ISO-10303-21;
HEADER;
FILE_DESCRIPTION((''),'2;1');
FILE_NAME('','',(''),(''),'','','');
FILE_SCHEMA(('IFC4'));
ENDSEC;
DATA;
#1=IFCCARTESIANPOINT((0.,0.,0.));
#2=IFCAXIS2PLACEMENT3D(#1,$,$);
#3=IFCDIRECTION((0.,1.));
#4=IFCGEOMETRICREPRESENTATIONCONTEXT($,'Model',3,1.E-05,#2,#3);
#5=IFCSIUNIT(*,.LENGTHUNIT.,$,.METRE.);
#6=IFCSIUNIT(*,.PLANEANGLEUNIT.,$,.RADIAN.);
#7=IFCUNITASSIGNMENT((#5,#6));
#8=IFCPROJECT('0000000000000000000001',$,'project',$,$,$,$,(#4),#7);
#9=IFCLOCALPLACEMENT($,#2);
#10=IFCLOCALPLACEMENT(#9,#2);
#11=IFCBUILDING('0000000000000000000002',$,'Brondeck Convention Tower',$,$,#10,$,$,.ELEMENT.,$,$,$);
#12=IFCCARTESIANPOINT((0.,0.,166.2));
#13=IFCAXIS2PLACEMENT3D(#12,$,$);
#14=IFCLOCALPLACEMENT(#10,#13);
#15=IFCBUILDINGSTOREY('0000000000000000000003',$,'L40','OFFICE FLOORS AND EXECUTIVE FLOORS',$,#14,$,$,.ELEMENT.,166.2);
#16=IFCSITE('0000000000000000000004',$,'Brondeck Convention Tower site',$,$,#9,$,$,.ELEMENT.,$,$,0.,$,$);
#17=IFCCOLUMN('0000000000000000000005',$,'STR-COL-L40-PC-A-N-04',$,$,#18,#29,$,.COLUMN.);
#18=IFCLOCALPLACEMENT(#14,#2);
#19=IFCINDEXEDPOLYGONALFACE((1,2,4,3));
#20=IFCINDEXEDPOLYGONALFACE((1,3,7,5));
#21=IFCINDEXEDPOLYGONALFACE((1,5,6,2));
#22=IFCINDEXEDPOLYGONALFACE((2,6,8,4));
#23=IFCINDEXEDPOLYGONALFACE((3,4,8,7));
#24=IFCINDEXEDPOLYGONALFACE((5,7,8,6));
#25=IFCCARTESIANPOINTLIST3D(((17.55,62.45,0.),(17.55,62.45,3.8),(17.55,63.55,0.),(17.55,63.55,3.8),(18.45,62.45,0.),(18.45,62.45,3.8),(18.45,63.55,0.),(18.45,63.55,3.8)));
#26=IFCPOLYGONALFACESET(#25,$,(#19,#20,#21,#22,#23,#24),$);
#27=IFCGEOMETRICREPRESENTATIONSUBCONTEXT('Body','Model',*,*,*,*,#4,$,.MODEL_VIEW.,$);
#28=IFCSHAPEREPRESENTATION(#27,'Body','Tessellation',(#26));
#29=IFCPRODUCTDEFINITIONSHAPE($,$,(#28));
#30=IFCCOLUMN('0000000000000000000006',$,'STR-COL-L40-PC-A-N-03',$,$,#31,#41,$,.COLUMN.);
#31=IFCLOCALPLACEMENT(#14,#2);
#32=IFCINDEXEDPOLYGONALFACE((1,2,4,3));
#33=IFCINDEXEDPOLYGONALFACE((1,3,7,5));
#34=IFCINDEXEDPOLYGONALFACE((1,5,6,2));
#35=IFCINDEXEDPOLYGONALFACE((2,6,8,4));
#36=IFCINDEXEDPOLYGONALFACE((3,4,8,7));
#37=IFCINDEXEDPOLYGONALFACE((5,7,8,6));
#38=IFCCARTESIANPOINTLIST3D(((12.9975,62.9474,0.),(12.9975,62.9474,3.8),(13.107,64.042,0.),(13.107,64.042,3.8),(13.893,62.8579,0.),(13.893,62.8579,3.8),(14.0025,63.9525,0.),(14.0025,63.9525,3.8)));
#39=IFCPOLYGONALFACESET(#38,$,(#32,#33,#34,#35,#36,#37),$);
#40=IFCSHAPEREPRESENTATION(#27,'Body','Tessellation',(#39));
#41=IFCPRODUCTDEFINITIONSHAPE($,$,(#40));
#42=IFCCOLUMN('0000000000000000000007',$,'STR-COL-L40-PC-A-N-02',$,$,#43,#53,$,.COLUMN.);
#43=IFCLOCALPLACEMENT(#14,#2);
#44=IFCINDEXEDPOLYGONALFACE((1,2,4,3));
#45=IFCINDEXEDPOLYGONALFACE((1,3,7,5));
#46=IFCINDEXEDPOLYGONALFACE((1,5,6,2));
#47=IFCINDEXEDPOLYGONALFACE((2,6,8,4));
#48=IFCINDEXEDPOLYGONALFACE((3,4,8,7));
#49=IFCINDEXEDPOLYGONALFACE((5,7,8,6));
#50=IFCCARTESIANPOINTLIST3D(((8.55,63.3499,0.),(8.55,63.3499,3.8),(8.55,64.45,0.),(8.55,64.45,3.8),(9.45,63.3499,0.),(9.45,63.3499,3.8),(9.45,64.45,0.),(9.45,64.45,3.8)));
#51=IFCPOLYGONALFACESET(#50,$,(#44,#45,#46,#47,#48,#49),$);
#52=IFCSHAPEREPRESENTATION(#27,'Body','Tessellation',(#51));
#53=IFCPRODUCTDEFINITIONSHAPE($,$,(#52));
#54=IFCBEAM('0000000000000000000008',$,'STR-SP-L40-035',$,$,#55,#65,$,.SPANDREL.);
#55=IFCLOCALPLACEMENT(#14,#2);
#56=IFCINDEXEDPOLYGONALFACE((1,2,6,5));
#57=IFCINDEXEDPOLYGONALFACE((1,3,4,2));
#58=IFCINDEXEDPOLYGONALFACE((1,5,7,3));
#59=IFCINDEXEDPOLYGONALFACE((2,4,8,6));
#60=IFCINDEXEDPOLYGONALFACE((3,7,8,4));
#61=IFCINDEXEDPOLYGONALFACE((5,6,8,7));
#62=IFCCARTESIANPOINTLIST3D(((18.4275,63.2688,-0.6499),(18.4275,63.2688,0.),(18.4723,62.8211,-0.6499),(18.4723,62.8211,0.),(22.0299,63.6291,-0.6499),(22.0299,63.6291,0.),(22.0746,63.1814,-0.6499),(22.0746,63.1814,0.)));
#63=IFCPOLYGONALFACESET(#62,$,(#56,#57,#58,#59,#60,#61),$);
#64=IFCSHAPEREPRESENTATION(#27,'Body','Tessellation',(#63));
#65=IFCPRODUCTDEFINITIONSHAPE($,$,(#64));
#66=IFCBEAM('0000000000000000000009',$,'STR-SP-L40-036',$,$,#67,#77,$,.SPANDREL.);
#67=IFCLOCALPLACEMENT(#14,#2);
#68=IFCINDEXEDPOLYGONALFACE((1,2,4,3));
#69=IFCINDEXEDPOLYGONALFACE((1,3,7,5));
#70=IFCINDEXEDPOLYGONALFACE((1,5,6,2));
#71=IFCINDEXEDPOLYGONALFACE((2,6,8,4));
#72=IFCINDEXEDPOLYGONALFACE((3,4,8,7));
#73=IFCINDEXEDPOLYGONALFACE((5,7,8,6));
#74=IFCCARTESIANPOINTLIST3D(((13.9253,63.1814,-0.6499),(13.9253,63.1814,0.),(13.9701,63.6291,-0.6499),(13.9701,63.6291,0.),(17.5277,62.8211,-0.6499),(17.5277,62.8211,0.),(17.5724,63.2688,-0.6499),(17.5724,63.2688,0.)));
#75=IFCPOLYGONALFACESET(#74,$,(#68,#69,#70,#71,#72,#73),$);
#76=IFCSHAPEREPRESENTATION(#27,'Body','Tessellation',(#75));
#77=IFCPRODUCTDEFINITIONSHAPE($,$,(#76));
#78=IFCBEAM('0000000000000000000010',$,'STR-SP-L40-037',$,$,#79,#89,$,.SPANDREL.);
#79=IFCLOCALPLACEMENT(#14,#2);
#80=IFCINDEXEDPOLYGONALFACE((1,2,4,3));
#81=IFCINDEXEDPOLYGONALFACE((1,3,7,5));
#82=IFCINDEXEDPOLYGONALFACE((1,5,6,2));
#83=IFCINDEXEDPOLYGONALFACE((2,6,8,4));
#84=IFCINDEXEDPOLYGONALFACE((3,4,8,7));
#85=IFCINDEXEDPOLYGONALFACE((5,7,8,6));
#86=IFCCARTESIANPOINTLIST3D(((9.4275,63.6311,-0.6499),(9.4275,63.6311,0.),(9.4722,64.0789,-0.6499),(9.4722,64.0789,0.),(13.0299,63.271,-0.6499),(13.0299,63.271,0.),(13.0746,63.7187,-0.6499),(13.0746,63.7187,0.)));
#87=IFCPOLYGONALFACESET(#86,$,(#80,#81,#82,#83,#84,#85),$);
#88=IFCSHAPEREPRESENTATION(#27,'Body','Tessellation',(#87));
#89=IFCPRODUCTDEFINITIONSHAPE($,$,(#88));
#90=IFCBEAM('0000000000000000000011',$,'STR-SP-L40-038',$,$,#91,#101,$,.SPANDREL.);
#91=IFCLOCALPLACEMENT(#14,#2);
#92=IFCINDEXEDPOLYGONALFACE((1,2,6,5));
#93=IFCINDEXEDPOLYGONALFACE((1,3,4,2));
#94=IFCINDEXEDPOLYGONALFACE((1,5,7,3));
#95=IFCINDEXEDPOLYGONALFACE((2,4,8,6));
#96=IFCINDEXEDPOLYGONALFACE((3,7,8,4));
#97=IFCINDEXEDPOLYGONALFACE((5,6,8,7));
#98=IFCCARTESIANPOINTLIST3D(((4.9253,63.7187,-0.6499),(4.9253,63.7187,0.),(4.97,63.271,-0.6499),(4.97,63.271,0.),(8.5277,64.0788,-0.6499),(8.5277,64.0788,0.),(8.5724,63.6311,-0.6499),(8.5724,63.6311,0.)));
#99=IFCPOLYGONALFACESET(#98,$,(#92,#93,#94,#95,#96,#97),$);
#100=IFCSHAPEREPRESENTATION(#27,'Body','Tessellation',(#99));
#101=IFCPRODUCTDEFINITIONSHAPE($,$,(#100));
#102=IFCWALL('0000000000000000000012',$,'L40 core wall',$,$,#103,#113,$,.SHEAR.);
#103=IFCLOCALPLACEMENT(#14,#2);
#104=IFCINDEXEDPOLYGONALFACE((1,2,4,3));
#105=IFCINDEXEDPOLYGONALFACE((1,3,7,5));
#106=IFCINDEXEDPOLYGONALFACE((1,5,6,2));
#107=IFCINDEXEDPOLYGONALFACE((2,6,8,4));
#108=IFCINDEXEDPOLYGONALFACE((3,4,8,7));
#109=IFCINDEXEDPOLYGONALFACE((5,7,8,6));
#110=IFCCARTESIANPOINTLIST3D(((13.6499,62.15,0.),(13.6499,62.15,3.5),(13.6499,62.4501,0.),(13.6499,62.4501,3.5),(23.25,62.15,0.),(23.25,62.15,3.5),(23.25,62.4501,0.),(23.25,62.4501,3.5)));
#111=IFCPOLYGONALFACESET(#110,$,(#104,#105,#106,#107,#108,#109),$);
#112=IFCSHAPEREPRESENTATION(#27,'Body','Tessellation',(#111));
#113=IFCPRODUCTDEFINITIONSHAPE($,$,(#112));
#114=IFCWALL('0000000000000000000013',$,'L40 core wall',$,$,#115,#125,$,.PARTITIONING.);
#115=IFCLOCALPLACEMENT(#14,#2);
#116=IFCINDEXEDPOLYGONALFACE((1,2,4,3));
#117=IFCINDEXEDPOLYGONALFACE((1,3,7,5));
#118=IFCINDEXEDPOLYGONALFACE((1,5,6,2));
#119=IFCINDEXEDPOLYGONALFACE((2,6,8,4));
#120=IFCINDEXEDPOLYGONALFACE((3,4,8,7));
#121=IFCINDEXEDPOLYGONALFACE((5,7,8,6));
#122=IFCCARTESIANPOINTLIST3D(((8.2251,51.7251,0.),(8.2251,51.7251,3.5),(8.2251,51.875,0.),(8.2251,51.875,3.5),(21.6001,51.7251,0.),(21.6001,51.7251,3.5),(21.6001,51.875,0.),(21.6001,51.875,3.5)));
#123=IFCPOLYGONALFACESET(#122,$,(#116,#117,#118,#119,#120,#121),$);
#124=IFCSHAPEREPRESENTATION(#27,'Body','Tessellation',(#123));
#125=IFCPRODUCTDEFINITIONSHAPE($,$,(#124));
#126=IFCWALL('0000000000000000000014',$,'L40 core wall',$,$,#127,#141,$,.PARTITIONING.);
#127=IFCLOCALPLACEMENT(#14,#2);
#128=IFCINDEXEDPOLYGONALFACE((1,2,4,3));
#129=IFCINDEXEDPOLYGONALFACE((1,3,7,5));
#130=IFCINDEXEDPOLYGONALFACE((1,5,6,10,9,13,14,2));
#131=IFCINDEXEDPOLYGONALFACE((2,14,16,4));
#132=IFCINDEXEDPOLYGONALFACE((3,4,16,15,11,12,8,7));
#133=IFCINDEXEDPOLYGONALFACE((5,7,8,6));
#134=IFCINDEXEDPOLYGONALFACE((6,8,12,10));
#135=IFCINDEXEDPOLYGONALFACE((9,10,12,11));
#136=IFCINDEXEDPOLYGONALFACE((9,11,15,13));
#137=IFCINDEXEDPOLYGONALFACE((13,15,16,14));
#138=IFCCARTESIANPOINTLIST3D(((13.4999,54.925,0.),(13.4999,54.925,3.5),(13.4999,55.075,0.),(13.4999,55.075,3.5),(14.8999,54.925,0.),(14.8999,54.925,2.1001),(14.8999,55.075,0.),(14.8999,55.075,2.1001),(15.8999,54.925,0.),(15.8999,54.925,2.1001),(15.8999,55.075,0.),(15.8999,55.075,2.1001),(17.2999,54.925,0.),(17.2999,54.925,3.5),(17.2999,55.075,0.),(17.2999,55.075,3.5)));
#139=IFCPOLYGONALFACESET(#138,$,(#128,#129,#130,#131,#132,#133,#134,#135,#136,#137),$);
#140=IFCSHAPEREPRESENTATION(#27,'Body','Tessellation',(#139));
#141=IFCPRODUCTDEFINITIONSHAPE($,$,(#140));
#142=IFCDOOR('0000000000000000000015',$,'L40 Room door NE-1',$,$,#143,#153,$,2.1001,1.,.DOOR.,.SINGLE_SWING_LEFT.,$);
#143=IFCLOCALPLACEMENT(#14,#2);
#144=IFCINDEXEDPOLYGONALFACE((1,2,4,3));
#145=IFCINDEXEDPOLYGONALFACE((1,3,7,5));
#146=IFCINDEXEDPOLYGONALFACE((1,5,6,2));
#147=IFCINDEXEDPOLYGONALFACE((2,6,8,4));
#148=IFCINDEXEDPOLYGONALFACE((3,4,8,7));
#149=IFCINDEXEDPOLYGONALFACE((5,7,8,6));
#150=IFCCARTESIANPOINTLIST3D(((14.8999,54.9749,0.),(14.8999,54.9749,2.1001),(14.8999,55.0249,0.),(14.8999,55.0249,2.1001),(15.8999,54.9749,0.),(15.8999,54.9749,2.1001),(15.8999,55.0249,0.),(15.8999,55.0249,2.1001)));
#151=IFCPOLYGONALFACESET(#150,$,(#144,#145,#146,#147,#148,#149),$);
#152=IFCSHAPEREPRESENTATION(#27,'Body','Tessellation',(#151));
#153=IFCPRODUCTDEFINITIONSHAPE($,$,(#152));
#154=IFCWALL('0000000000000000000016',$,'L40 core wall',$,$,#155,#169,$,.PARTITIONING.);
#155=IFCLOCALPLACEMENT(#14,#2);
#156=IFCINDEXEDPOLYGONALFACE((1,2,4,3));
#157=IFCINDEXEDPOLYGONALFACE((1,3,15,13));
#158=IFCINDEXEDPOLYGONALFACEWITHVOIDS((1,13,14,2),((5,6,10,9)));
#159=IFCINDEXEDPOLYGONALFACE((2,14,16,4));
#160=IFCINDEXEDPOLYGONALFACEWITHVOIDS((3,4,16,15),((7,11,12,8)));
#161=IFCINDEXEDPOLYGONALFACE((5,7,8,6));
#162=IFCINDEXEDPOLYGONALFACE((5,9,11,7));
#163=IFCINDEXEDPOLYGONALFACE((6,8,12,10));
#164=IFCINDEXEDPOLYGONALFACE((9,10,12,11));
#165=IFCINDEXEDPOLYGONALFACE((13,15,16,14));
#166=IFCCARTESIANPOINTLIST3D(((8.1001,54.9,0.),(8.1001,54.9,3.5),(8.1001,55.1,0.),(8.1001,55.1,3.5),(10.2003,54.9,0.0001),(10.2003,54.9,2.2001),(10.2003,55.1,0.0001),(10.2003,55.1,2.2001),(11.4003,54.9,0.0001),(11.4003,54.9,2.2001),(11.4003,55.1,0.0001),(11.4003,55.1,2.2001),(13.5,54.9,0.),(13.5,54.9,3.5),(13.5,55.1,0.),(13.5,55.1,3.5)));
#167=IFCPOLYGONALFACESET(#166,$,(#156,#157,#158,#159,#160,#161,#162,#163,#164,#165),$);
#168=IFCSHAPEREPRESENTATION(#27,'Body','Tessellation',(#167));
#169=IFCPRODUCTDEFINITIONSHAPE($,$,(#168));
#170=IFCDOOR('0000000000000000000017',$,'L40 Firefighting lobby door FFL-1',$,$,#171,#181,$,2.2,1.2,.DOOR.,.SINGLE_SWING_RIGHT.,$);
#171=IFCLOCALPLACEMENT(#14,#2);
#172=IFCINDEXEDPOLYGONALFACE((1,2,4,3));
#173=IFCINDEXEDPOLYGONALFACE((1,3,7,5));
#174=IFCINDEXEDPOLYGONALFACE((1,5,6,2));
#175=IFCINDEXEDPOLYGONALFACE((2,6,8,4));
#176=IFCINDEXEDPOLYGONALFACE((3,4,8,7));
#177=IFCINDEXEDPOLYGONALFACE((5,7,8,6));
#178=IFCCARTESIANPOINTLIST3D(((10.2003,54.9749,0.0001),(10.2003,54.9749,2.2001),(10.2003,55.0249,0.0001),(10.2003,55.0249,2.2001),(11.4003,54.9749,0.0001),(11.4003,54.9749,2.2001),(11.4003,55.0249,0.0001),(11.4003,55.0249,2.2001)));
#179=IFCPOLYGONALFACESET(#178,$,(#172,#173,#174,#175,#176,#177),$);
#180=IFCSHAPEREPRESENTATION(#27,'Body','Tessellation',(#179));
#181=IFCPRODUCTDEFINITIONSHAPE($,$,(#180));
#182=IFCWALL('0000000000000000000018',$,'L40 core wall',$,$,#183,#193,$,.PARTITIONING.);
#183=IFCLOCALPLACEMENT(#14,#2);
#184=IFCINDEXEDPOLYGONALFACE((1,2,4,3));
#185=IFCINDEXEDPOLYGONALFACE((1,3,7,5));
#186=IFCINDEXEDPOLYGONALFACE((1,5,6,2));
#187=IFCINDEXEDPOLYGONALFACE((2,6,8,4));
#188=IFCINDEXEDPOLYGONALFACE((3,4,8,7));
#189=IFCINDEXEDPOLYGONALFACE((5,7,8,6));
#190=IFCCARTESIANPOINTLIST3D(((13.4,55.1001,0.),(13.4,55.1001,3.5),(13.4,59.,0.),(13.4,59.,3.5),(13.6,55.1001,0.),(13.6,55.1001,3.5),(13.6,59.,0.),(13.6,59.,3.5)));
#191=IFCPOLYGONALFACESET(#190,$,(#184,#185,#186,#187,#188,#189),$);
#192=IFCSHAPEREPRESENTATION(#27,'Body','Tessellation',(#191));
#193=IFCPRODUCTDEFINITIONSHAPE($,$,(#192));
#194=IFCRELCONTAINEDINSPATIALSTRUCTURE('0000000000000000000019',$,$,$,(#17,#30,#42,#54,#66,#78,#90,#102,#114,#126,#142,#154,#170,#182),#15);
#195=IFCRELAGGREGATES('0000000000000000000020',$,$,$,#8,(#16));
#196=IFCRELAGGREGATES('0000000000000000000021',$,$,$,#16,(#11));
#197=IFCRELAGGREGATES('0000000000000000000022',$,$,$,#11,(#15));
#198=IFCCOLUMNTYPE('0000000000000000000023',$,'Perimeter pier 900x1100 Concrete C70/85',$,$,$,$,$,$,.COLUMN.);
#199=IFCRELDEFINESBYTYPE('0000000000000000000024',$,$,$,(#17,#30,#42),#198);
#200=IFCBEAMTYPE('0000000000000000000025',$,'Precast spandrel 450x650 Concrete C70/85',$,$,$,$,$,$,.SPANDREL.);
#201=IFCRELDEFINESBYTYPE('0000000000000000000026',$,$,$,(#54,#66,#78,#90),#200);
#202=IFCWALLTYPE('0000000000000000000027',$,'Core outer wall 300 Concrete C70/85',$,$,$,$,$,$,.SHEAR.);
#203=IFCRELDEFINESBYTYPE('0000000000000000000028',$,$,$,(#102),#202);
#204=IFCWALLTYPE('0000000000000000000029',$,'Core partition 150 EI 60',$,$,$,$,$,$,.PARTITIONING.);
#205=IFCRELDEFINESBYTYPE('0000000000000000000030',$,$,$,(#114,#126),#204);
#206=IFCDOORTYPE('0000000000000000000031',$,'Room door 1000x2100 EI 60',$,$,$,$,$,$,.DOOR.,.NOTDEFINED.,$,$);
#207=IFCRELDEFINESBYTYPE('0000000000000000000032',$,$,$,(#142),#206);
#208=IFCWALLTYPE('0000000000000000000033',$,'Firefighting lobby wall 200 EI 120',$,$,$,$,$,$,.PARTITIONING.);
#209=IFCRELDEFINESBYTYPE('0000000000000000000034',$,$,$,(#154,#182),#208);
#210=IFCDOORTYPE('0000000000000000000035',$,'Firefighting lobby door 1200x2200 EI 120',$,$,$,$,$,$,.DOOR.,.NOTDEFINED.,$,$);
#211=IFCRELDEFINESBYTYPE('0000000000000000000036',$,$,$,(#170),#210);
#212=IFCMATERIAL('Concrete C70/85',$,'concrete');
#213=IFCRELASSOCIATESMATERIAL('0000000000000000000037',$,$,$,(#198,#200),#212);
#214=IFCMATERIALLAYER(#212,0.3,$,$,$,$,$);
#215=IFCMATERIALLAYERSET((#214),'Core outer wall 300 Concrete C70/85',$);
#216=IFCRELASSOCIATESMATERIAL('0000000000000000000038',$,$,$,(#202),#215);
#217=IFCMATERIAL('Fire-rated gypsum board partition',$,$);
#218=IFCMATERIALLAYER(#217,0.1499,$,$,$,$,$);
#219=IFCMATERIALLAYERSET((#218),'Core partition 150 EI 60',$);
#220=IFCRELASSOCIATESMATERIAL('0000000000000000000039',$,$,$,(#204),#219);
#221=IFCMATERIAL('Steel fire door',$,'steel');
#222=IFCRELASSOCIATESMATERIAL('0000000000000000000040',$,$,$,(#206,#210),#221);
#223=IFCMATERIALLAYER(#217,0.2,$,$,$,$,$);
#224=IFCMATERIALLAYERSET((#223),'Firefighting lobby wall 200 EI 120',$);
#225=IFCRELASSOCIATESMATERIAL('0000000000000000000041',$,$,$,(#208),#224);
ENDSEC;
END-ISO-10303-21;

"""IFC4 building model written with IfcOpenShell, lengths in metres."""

from ifc_helpers import new_model, si_unit, direction, frame, frame_2d, origin, origin_2d, place, context, subcontext, project, spatial, rectangle, extrude, material, layer, layer_set, material_profile, profile_set, type_object, element, fill, save


model = new_model("IFC4")

# Units and contexts
model_context = context("Model", 3, precision=1e-05, world=origin(), true_north=direction((0.0, 1.0)))
body_context = subcontext(model_context, "Body", "Model", "MODEL_VIEW")
ifc_project = project(units=[si_unit("LENGTHUNIT", "METRE"), si_unit("PLANEANGLEUNIT", "RADIAN")], contexts=[model_context])

# Site, building, storey
site_placement = place(None, origin())
site = spatial("IfcSite", under=ifc_project, at=site_placement, Name="Brondeck Convention Tower site", CompositionType="ELEMENT", RefElevation=0.0)
building_placement = place(site_placement, origin())
building = spatial("IfcBuilding", under=site, at=building_placement, Name="Brondeck Convention Tower", CompositionType="ELEMENT")
storey_placement = place(building_placement, frame((0.0, 0.0, 166.2)))
storey = spatial("IfcBuildingStorey", under=building, at=storey_placement, Name="L40", Description="OFFICE FLOORS AND EXECUTIVE FLOORS", CompositionType="ELEMENT", Elevation=166.2)

# Columns
ifc_material_1 = material(Name="Concrete C70/85", Category="concrete")
ifc_material_profile_1 = material_profile(ifc_material_1, rectangle(XDim=0.8999, YDim=1.1001, at=origin_2d()), Name="Perimeter pier 900x1100 Concrete C70/85")
ifc_profile_set_1 = profile_set([ifc_material_profile_1], Name="Concrete C70/85")
column_type = type_object("IfcColumnType", Name="Perimeter pier 900x1100 Concrete C70/85", PredefinedType="COLUMN", material=ifc_profile_set_1)
for number, where, z_axis, x_axis, name in (
    (1, (18.0, 63.0, 0.0), (0.0, 0.0, 1.0), (-1.0, 0.0, 0.0), "STR-COL-L40-PC-A-N-04"),
    (2, (13.5, 63.45, 0.0), (0.0, 0.0, 1.0), (-0.995037, 0.099504, 0.0), "STR-COL-L40-PC-A-N-03"),
    (3, (9.0, 63.8999, 0.0), (0.0, 0.0, 1.0), (-1.0, 0.0, 0.0), "STR-COL-L40-PC-A-N-02"),
):
    element("IfcColumn", number, at=place(storey_placement, frame(where, z_axis=z_axis, x_axis=x_axis)), inside=storey, type_object=column_type, Name=name, PredefinedType="COLUMN", context=body_context, shape_type="SweptSolid", body=[
        extrude(rectangle(XDim=0.8999, YDim=1.1001, at=origin_2d()), origin(), (0.0, 0.0, 1.0), 3.8),
    ])

# Beams
ifc_material_profile_2 = material_profile(ifc_material_1, rectangle(XDim=0.45, YDim=0.6499, at=origin_2d()), Name="Precast spandrel 450x650 Concrete C70/85")
ifc_profile_set_2 = profile_set([ifc_material_profile_2], Name="Concrete C70/85")
beam_type = type_object("IfcBeamType", Name="Precast spandrel 450x650 Concrete C70/85", PredefinedType="SPANDREL", material=ifc_profile_set_2)
for number, where, z_axis, x_axis, name in (
    (4, (22.0522, 63.4053, -0.325), (-0.995034, -0.099537, 0.0), (0.099537, -0.995034, 0.0), "STR-SP-L40-035"),
    (5, (17.55, 63.0449, -0.325), (-0.995034, 0.099537, 0.0), (-0.099537, -0.995034, 0.0), "STR-SP-L40-036"),
    (6, (13.0522, 63.4949, -0.325), (-0.995041, 0.09947, 0.0), (-0.09947, -0.995041, 0.0), "STR-SP-L40-037"),
    (7, (8.55, 63.855, -0.325), (-0.995041, -0.09947, 0.0), (0.09947, -0.995041, 0.0), "STR-SP-L40-038"),
):
    element("IfcBeam", number, at=place(storey_placement, frame(where, z_axis=z_axis, x_axis=x_axis)), inside=storey, type_object=beam_type, Name=name, PredefinedType="SPANDREL", context=body_context, shape_type="SweptSolid", body=[
        extrude(rectangle(XDim=0.45, YDim=0.6499, at=origin_2d()), origin(), (0.0, 0.0, 1.0), 3.6204),
    ])

# Walls
ifc_layer_1 = layer(ifc_material_1, 0.3)
ifc_layer_set_1 = layer_set([ifc_layer_1], Name="Core outer wall 300 Concrete C70/85")
wall_type_1 = type_object("IfcWallType", Name="Core outer wall 300 Concrete C70/85", PredefinedType="SHEAR", material=ifc_layer_set_1)
wall_1_placement = place(storey_placement, frame((13.6499, 62.3, 0.0), z_axis=(0.0, 0.0, 1.0), x_axis=(1.0, 0.0, 0.0)))
element("IfcWall", 8, at=wall_1_placement, inside=storey, type_object=wall_type_1, Name="L40 core wall", PredefinedType="SHEAR", context=body_context, shape_type="SweptSolid", body=[
    extrude(rectangle(XDim=9.6001, YDim=0.3, at=frame_2d((4.8, 0.0))), origin(), (0.0, 0.0, 1.0), 3.5),
])
ifc_material_2 = material(Name="Fire-rated gypsum board partition")
ifc_layer_2 = layer(ifc_material_2, 0.1499)
ifc_layer_set_2 = layer_set([ifc_layer_2], Name="Core partition 150 EI 60")
wall_type_2 = type_object("IfcWallType", Name="Core partition 150 EI 60", PredefinedType="PARTITIONING", material=ifc_layer_set_2)
wall_2_placement = place(storey_placement, frame((8.2251, 51.8, 0.0), z_axis=(0.0, 0.0, 1.0), x_axis=(1.0, 0.0, 0.0)))
element("IfcWall", 9, at=wall_2_placement, inside=storey, type_object=wall_type_2, Name="L40 core wall", PredefinedType="PARTITIONING", context=body_context, shape_type="SweptSolid", body=[
    extrude(rectangle(XDim=13.375, YDim=0.1499, at=frame_2d((6.6875, 0.0))), origin(), (0.0, 0.0, 1.0), 3.5),
])

# Walls, openings, doors
wall_3_placement = place(storey_placement, frame((13.5, 55.0, 0.0), z_axis=(0.0, 0.0, 1.0), x_axis=(1.0, 0.0, 0.0)))
wall_3 = element("IfcWall", 10, at=wall_3_placement, inside=storey, type_object=wall_type_2, Name="L40 core wall", PredefinedType="PARTITIONING", context=body_context, shape_type="SweptSolid", body=[
    extrude(rectangle(XDim=3.8, YDim=0.1499, at=frame_2d((1.8999, 0.0))), origin(), (0.0, 0.0, 1.0), 3.5),
])
opening_1_placement = place(wall_3_placement, frame((1.3999, 0.0, 0.0)))
opening_1 = element("IfcOpeningElement", 11, at=opening_1_placement, cuts=wall_3, PredefinedType="OPENING", context=body_context, shape_type="SweptSolid", body=[
    extrude(rectangle(XDim=1.0, YDim=2.1001, at=frame_2d((0.5, 1.05))), frame((0.0, 0.085, 0.0), z_axis=(0.0, -1.0, 0.0), x_axis=(1.0, 0.0, 0.0)), (0.0, 0.0, 1.0), 0.1699),
])
ifc_material_3 = material(Name="Steel fire door", Category="steel")
door_type_1 = type_object("IfcDoorType", Name="Room door 1000x2100 EI 60", OperationType="NOTDEFINED", PredefinedType="DOOR", material=ifc_material_3)
door_1_placement = place(opening_1_placement, origin())
door_1 = element("IfcDoor", 12, at=door_1_placement, inside=storey, type_object=door_type_1, Name="L40 Room door NE-1", OperationType="SINGLE_SWING_LEFT", OverallHeight=2.1001, OverallWidth=1.0, PredefinedType="DOOR", context=body_context, shape_type="SweptSolid", body=[
    extrude(rectangle(XDim=1.0, YDim=2.1001, at=frame_2d((0.5, 1.05))), frame((0.0, 0.0249, 0.0), z_axis=(0.0, -1.0, 0.0), x_axis=(1.0, 0.0, 0.0)), (0.0, 0.0, 1.0), 0.05),
])
fill(opening_1, door_1)
ifc_layer_3 = layer(ifc_material_2, 0.2)
ifc_layer_set_3 = layer_set([ifc_layer_3], Name="Firefighting lobby wall 200 EI 120")
wall_type_3 = type_object("IfcWallType", Name="Firefighting lobby wall 200 EI 120", PredefinedType="PARTITIONING", material=ifc_layer_set_3)
wall_4_placement = place(storey_placement, frame((8.1001, 55.0, 0.0), z_axis=(0.0, 0.0, 1.0), x_axis=(1.0, 0.0, 0.0)))
wall_4 = element("IfcWall", 13, at=wall_4_placement, inside=storey, type_object=wall_type_3, Name="L40 core wall", PredefinedType="PARTITIONING", context=body_context, shape_type="SweptSolid", body=[
    extrude(rectangle(XDim=5.3999, YDim=0.2, at=frame_2d((2.7, 0.0))), origin(), (0.0, 0.0, 1.0), 3.5),
])
opening_2_placement = place(wall_4_placement, frame((2.1001, 0.0, 0.0)))
opening_2 = element("IfcOpeningElement", 14, at=opening_2_placement, cuts=wall_4, PredefinedType="OPENING", context=body_context, shape_type="SweptSolid", body=[
    extrude(rectangle(XDim=1.2, YDim=2.2, at=frame_2d((0.6001, 1.1001))), frame((0.0, 0.1099, 0.0), z_axis=(0.0, -1.0, 0.0), x_axis=(1.0, 0.0, 0.0)), (0.0, 0.0, 1.0), 0.22),
])
door_type_2 = type_object("IfcDoorType", Name="Firefighting lobby door 1200x2200 EI 120", OperationType="NOTDEFINED", PredefinedType="DOOR", material=ifc_material_3)
door_2_placement = place(opening_2_placement, origin())
door_2 = element("IfcDoor", 15, at=door_2_placement, inside=storey, type_object=door_type_2, Name="L40 Firefighting lobby door FFL-1", OperationType="SINGLE_SWING_RIGHT", OverallHeight=2.2, OverallWidth=1.2, PredefinedType="DOOR", context=body_context, shape_type="SweptSolid", body=[
    extrude(rectangle(XDim=1.2, YDim=2.2, at=frame_2d((0.6001, 1.1001))), frame((0.0, 0.0249, 0.0), z_axis=(0.0, -1.0, 0.0), x_axis=(1.0, 0.0, 0.0)), (0.0, 0.0, 1.0), 0.05),
])
fill(opening_2, door_2)

# Wall
wall_5_placement = place(storey_placement, frame((13.5, 55.1001, 0.0), z_axis=(0.0, 0.0, 1.0), x_axis=(0.0, 1.0, 0.0)))
element("IfcWall", 16, at=wall_5_placement, inside=storey, type_object=wall_type_3, Name="L40 core wall", PredefinedType="PARTITIONING", context=body_context, shape_type="SweptSolid", body=[
    extrude(rectangle(XDim=3.8999, YDim=0.2, at=frame_2d((1.95, 0.0))), origin(), (0.0, 0.0, 1.0), 3.5),
])

save(model, "model.ifc")
